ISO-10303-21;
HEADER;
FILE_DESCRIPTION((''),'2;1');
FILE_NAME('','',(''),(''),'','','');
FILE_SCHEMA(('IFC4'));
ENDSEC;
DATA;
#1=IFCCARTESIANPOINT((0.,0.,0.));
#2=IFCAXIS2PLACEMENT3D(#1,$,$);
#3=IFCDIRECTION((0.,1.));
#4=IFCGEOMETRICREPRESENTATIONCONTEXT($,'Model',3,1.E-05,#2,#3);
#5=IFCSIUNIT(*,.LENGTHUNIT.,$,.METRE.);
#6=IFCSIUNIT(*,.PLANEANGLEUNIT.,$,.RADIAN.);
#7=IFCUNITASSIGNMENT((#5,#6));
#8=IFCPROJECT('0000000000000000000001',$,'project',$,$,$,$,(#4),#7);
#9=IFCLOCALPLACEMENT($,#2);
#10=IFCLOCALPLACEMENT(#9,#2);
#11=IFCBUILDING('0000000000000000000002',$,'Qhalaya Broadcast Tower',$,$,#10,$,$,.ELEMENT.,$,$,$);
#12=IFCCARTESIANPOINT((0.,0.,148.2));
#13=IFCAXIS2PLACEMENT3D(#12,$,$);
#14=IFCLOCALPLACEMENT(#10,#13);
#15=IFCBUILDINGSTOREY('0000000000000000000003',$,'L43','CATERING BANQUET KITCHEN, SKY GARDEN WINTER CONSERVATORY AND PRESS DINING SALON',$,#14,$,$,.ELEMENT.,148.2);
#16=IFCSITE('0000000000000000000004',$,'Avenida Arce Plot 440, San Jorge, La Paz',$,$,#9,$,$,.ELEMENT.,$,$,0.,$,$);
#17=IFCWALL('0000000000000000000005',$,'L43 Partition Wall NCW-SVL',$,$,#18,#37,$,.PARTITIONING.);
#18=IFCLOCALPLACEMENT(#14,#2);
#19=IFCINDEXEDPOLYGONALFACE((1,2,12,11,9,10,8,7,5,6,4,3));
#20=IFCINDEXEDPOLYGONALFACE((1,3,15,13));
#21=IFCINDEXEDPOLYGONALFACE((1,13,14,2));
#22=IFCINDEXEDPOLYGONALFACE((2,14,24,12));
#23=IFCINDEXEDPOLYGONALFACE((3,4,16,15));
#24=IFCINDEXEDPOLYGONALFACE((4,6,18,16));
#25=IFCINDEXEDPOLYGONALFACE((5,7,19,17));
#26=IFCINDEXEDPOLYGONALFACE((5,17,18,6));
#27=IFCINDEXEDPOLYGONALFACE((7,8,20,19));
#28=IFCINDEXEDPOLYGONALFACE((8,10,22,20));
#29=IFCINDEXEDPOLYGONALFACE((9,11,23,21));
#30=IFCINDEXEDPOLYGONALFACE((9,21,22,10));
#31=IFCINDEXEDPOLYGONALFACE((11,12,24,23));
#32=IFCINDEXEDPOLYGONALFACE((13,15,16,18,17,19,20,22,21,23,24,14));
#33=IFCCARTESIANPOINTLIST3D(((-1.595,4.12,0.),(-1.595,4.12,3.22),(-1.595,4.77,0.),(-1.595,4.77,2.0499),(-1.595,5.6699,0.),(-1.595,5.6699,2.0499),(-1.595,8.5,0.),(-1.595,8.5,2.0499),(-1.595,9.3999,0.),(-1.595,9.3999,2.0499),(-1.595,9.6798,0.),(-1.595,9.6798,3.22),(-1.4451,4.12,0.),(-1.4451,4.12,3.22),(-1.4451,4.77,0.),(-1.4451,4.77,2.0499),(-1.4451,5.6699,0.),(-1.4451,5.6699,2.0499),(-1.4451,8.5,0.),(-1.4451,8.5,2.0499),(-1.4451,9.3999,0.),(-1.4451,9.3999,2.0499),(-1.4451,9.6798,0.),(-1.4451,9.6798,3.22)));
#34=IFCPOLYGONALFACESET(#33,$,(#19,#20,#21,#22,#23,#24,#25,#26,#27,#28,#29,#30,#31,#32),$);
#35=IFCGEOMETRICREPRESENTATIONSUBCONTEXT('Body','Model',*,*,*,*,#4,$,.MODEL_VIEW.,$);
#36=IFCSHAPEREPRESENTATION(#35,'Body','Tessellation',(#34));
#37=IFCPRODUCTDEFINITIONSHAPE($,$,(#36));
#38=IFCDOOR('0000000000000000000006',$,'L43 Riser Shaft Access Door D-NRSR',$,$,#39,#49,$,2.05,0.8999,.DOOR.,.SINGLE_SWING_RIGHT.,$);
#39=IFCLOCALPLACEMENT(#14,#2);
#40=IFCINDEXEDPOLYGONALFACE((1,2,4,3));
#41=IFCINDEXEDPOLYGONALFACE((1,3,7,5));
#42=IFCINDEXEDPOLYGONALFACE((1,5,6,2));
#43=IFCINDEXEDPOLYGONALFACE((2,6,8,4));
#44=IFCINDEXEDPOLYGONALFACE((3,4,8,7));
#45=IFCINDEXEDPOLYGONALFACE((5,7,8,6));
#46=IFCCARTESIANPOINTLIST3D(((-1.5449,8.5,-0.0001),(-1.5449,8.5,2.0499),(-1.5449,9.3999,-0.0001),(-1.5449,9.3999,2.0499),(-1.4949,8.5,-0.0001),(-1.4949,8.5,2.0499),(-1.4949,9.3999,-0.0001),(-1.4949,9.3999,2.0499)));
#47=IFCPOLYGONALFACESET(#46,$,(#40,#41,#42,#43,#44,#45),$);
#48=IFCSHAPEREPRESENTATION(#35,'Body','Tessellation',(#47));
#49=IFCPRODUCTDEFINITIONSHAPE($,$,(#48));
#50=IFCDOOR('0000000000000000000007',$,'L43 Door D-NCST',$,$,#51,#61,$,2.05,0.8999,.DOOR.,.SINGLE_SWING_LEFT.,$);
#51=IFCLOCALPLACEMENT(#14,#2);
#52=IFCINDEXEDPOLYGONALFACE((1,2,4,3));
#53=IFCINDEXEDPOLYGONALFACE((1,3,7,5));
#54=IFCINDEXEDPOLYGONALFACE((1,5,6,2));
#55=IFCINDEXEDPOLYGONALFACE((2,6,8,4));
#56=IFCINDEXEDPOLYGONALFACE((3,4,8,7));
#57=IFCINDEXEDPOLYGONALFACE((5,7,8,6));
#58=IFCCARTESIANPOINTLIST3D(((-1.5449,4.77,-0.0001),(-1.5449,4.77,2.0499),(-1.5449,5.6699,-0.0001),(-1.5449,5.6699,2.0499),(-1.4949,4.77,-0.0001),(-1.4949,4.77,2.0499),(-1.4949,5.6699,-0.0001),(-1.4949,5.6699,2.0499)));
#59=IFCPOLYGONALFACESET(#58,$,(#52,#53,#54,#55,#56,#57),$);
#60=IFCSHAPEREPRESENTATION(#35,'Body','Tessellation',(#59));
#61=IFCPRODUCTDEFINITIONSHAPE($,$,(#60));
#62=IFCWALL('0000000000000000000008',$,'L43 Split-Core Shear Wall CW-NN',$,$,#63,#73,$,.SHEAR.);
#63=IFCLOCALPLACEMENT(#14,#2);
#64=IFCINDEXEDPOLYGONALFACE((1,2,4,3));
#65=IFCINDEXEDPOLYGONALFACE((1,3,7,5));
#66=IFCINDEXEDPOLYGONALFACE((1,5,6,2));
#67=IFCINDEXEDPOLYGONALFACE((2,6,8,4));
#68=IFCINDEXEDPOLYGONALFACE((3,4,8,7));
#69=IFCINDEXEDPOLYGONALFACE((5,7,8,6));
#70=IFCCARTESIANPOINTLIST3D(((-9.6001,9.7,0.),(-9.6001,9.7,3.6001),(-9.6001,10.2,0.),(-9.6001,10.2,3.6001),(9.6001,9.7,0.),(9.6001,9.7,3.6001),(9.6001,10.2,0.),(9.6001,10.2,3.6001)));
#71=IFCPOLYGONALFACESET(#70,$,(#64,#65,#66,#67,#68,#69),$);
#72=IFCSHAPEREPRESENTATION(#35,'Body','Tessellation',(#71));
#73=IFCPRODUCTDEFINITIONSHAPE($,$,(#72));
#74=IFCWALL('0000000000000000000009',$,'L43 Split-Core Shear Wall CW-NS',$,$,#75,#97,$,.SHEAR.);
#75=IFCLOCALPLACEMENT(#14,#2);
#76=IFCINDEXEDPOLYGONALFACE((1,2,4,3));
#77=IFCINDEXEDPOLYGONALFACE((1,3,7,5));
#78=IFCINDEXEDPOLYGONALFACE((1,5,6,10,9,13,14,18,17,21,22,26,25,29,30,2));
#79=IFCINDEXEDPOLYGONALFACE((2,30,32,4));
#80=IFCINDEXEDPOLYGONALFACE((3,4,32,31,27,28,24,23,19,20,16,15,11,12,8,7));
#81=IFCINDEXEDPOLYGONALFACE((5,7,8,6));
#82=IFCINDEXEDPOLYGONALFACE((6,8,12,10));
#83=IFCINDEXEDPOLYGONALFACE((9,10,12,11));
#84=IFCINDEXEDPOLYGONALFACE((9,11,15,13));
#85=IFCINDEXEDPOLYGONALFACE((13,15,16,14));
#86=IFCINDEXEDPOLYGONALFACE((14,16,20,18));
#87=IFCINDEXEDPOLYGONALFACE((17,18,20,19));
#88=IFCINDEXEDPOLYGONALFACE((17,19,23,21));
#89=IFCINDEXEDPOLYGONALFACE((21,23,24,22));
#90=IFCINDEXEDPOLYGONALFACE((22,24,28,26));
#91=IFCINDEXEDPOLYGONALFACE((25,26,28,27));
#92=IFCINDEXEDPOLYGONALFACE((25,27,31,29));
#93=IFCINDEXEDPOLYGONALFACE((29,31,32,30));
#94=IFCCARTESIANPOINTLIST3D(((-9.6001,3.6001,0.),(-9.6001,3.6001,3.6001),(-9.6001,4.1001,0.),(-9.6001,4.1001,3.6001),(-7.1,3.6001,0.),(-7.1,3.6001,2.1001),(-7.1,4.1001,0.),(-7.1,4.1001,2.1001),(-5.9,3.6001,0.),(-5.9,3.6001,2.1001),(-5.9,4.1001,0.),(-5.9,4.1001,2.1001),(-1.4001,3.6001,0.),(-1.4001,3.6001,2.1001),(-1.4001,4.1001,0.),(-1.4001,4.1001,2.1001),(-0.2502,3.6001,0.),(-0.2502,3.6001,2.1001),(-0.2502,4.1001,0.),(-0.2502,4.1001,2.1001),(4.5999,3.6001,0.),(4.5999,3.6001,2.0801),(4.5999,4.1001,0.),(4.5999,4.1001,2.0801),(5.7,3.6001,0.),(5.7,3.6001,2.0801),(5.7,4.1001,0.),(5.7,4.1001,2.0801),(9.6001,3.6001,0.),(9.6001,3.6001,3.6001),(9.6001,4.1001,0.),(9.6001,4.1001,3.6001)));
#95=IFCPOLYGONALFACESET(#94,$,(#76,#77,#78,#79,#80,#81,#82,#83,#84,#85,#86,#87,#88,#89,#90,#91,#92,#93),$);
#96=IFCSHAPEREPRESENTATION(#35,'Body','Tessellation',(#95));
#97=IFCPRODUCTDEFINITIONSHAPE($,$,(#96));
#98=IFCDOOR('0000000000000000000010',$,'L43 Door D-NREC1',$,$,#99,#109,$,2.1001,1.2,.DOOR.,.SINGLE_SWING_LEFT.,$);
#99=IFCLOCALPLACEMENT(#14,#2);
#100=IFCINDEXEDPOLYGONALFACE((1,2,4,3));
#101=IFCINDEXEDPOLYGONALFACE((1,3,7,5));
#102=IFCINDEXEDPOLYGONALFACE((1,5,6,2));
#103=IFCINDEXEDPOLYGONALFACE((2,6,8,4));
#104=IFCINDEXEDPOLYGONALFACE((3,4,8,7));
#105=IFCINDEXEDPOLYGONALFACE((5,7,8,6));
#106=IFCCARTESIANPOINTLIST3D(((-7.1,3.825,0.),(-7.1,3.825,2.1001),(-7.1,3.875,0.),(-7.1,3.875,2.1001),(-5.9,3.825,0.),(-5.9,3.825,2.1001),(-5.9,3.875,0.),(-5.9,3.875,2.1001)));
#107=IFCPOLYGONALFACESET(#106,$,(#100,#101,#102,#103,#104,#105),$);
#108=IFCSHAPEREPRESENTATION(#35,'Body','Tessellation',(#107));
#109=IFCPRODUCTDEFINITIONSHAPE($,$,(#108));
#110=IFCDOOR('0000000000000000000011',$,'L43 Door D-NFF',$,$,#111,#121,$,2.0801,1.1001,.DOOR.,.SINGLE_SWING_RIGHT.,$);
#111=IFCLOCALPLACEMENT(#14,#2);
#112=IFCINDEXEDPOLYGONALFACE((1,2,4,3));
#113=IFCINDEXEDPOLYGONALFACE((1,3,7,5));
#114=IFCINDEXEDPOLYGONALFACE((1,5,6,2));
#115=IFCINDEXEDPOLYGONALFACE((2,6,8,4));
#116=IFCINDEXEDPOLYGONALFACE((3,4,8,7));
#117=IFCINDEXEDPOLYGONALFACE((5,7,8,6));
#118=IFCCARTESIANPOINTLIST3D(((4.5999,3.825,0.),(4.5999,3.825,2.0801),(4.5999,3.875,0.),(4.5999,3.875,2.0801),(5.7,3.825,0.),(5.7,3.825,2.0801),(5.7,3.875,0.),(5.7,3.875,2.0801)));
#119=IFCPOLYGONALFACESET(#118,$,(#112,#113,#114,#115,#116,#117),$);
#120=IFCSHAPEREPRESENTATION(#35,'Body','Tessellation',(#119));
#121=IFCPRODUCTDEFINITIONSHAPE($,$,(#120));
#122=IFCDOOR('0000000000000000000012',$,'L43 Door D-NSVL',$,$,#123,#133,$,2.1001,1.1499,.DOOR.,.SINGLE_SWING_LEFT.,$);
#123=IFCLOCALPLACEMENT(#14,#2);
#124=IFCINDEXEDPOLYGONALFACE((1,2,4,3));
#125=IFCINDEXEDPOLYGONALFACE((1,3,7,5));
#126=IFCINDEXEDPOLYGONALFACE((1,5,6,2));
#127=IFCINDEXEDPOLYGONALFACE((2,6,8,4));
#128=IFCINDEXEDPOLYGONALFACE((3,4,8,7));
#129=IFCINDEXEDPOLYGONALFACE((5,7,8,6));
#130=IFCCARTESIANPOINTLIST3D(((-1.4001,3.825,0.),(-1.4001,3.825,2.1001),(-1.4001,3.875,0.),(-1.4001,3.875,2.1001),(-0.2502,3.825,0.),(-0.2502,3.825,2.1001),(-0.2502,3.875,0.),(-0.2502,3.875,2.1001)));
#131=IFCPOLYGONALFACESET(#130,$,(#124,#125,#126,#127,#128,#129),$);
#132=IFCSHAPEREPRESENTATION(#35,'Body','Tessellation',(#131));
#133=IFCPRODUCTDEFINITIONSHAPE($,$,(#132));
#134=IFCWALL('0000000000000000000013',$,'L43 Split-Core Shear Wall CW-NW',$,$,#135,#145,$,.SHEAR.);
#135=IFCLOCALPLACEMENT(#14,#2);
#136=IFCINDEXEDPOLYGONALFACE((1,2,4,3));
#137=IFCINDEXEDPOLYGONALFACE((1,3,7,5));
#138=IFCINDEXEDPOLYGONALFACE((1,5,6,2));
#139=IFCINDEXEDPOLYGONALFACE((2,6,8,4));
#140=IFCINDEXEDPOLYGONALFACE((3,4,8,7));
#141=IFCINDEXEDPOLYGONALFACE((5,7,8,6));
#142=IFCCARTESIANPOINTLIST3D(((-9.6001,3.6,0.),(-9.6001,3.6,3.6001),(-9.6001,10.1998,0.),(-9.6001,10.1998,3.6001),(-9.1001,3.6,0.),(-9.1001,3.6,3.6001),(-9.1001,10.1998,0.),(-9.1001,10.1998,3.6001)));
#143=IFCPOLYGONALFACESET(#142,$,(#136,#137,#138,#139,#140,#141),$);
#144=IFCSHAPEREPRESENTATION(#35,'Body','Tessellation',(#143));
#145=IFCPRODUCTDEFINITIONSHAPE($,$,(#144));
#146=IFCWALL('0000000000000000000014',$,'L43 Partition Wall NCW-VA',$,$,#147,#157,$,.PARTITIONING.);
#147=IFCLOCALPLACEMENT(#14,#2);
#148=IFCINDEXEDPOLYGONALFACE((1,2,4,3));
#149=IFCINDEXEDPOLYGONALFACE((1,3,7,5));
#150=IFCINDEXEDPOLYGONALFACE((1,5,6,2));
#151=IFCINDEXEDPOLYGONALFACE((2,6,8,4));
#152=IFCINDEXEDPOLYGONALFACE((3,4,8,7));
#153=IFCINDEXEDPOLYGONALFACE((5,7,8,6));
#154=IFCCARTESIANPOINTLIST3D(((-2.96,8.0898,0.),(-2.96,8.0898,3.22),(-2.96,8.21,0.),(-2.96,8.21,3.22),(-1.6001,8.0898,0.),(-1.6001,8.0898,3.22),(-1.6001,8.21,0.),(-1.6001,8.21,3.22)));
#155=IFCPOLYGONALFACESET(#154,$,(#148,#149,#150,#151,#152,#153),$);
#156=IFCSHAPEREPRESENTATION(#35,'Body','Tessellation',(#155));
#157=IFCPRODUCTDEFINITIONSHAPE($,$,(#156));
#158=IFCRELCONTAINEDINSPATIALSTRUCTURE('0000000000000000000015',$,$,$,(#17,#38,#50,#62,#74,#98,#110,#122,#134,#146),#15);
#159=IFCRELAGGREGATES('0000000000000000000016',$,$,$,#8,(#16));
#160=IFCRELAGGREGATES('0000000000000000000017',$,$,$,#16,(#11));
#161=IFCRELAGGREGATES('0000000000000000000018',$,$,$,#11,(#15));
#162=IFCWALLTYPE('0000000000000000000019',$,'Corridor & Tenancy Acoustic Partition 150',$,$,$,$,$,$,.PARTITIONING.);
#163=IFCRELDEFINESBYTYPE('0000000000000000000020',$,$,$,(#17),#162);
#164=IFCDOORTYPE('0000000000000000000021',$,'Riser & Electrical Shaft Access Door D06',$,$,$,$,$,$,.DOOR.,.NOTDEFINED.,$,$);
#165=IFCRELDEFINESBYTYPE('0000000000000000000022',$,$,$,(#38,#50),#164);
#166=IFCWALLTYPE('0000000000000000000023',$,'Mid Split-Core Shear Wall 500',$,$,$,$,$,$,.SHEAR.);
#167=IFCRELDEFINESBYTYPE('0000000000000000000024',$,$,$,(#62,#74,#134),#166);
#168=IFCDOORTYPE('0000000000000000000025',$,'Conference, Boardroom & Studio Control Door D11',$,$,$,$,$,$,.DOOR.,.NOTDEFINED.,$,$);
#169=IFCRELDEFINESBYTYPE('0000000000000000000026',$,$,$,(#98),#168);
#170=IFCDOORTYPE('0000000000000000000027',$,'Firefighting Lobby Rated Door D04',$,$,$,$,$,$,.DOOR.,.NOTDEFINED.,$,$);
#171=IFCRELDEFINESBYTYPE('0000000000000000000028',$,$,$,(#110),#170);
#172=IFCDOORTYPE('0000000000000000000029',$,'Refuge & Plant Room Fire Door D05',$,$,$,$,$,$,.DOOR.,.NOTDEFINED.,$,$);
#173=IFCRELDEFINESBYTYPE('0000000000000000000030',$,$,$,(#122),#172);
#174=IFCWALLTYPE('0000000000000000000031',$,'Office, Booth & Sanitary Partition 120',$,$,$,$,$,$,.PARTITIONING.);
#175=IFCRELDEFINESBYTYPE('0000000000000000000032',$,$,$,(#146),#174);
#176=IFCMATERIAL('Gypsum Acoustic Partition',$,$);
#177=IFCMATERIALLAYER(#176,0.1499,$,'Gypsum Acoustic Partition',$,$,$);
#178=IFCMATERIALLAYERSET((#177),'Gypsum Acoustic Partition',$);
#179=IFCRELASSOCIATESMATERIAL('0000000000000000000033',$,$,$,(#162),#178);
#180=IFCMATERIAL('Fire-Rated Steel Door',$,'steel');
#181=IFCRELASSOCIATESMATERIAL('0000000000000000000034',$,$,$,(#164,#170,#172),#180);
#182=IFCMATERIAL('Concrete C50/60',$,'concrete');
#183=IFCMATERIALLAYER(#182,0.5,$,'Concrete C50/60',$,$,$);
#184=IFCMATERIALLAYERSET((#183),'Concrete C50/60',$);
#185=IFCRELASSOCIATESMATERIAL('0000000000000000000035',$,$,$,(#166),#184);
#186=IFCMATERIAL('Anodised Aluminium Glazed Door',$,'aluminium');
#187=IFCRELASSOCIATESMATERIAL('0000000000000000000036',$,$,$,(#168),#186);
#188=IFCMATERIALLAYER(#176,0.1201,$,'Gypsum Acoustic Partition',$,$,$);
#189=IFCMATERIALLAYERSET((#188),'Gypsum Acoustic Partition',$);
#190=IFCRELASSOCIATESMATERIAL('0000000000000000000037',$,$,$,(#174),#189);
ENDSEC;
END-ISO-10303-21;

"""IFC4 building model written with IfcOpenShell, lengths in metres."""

from ifc_helpers import new_model, si_unit, direction, frame, frame_2d, origin, place, context, subcontext, project, spatial, rectangle, extrude, material, layer, layer_set, type_object, element, fill, save


model = new_model("IFC4")

# Units and contexts
model_context = context("Model", 3, precision=1e-05, world=origin(), true_north=direction((0.0, 1.0)))
body_context = subcontext(model_context, "Body", "Model", "MODEL_VIEW")
ifc_project = project(units=[si_unit("LENGTHUNIT", "METRE"), si_unit("PLANEANGLEUNIT", "RADIAN")], contexts=[model_context])

# Site, building, storey
site_placement = place(None, origin())
site = spatial("IfcSite", under=ifc_project, at=site_placement, Name="Avenida Arce Plot 440, San Jorge, La Paz", CompositionType="ELEMENT", RefElevation=0.0)
building_placement = place(site_placement, origin())
building = spatial("IfcBuilding", under=site, at=building_placement, Name="Qhalaya Broadcast Tower", CompositionType="ELEMENT")
storey_placement = place(building_placement, frame((0.0, 0.0, 148.2)))
storey = spatial("IfcBuildingStorey", under=building, at=storey_placement, Name="L43", Description="CATERING BANQUET KITCHEN, SKY GARDEN WINTER CONSERVATORY AND PRESS DINING SALON", CompositionType="ELEMENT", Elevation=148.2)

# Shared definitions
ifc_material_1 = material(Name="Concrete C50/60", Category="concrete")

# Wall, openings, doors
ifc_material_2 = material(Name="Gypsum Acoustic Partition")
ifc_layer_1 = layer(ifc_material_2, 0.1499, Name="Gypsum Acoustic Partition")
ifc_layer_set_1 = layer_set([ifc_layer_1], Name="Gypsum Acoustic Partition")
wall_type_1 = type_object("IfcWallType", Name="Corridor & Tenancy Acoustic Partition 150", PredefinedType="PARTITIONING", material=ifc_layer_set_1)
wall_1_placement = place(storey_placement, frame((-1.52, 4.1201, 0.0), z_axis=(0.0, 0.0, 1.0), x_axis=(0.0, 1.0, 0.0)))
wall_1 = element("IfcWall", 1, at=wall_1_placement, inside=storey, type_object=wall_type_1, Name="L43 Partition Wall NCW-SVL", PredefinedType="PARTITIONING", context=body_context, shape_type="SweptSolid", body=[
    extrude(rectangle(XDim=5.5598, YDim=0.1499, at=frame_2d((2.7798, 0.0))), origin(), (0.0, 0.0, 1.0), 3.22),
])
opening_1_placement = place(wall_1_placement, frame((4.3799, 0.0, 0.0)))
opening_1 = element("IfcOpeningElement", 2, at=opening_1_placement, cuts=wall_1, PredefinedType="OPENING", context=body_context, shape_type="SweptSolid", body=[
    extrude(rectangle(XDim=0.8999, YDim=2.05, at=frame_2d((0.45, 1.0249))), frame((0.0, 0.0869, 0.0), z_axis=(0.0, -1.0, 0.0), x_axis=(1.0, 0.0, 0.0)), (0.0, 0.0, 1.0), 0.1738),
])
opening_2_placement = place(wall_1_placement, frame((0.6499, 0.0, 0.0)))
opening_2 = element("IfcOpeningElement", 3, at=opening_2_placement, cuts=wall_1, PredefinedType="OPENING", context=body_context, shape_type="SweptSolid", body=[
    extrude(rectangle(XDim=0.8999, YDim=2.05, at=frame_2d((0.45, 1.0249))), frame((0.0, 0.0869, 0.0), z_axis=(0.0, -1.0, 0.0), x_axis=(1.0, 0.0, 0.0)), (0.0, 0.0, 1.0), 0.1738),
])
ifc_material_3 = material(Name="Fire-Rated Steel Door", Category="steel")
door_type_1 = type_object("IfcDoorType", Name="Riser & Electrical Shaft Access Door D06", OperationType="NOTDEFINED", PredefinedType="DOOR", material=ifc_material_3)
door_1_placement = place(opening_1_placement, origin())
door_1 = element("IfcDoor", 4, at=door_1_placement, inside=storey, type_object=door_type_1, Name="L43 Riser Shaft Access Door D-NRSR", OperationType="SINGLE_SWING_RIGHT", OverallHeight=2.05, OverallWidth=0.8999, PredefinedType="DOOR", context=body_context, shape_type="SweptSolid", body=[
    extrude(rectangle(XDim=0.8999, YDim=2.05, at=frame_2d((0.45, 1.0249))), frame((0.0, 0.0249, 0.0), z_axis=(0.0, -1.0, 0.0), x_axis=(1.0, 0.0, 0.0)), (0.0, 0.0, 1.0), 0.05),
])
fill(opening_1, door_1)
door_2_placement = place(opening_2_placement, origin())
door_2 = element("IfcDoor", 5, at=door_2_placement, inside=storey, type_object=door_type_1, Name="L43 Door D-NCST", OperationType="SINGLE_SWING_LEFT", OverallHeight=2.05, OverallWidth=0.8999, PredefinedType="DOOR", context=body_context, shape_type="SweptSolid", body=[
    extrude(rectangle(XDim=0.8999, YDim=2.05, at=frame_2d((0.45, 1.0249))), frame((0.0, 0.0249, 0.0), z_axis=(0.0, -1.0, 0.0), x_axis=(1.0, 0.0, 0.0)), (0.0, 0.0, 1.0), 0.05),
])
fill(opening_2, door_2)

# Wall
ifc_layer_2 = layer(ifc_material_1, 0.5, Name="Concrete C50/60")
ifc_layer_set_2 = layer_set([ifc_layer_2], Name="Concrete C50/60")
wall_type_2 = type_object("IfcWallType", Name="Mid Split-Core Shear Wall 500", PredefinedType="SHEAR", material=ifc_layer_set_2)
wall_2_placement = place(storey_placement, frame((-9.6001, 9.95, 0.0), z_axis=(0.0, 0.0, 1.0), x_axis=(1.0, 0.0, 0.0)))
element("IfcWall", 6, at=wall_2_placement, inside=storey, type_object=wall_type_2, Name="L43 Split-Core Shear Wall CW-NN", PredefinedType="SHEAR", context=body_context, shape_type="SweptSolid", body=[
    extrude(rectangle(XDim=19.2002, YDim=0.5, at=frame_2d((9.6001, 0.0))), origin(), (0.0, 0.0, 1.0), 3.6001),
])

# Wall, openings, doors
wall_3_placement = place(storey_placement, frame((-9.6001, 3.8501, 0.0), z_axis=(0.0, 0.0, 1.0), x_axis=(1.0, 0.0, 0.0)))
wall_3 = element("IfcWall", 7, at=wall_3_placement, inside=storey, type_object=wall_type_2, Name="L43 Split-Core Shear Wall CW-NS", PredefinedType="SHEAR", context=body_context, shape_type="SweptSolid", body=[
    extrude(rectangle(XDim=19.2002, YDim=0.5, at=frame_2d((9.6001, 0.0))), origin(), (0.0, 0.0, 1.0), 3.6001),
])
opening_3_placement = place(wall_3_placement, frame((14.2, 0.0, 0.0)))
opening_3 = element("IfcOpeningElement", 8, at=opening_3_placement, cuts=wall_3, PredefinedType="OPENING", context=body_context, shape_type="SweptSolid", body=[
    extrude(rectangle(XDim=1.1001, YDim=2.0801, at=frame_2d((0.55, 1.04))), frame((0.0, 0.262, 0.0), z_axis=(0.0, -1.0, 0.0), x_axis=(1.0, 0.0, 0.0)), (0.0, 0.0, 1.0), 0.5239),
])
opening_4_placement = place(wall_3_placement, frame((8.2, 0.0, 0.0)))
opening_4 = element("IfcOpeningElement", 9, at=opening_4_placement, cuts=wall_3, PredefinedType="OPENING", context=body_context, shape_type="SweptSolid", body=[
    extrude(rectangle(XDim=1.1499, YDim=2.1001, at=frame_2d((0.575, 1.05))), frame((0.0, 0.262, 0.0), z_axis=(0.0, -1.0, 0.0), x_axis=(1.0, 0.0, 0.0)), (0.0, 0.0, 1.0), 0.5239),
])
opening_5_placement = place(wall_3_placement, frame((2.5, 0.0, 0.0)))
opening_5 = element("IfcOpeningElement", 10, at=opening_5_placement, cuts=wall_3, PredefinedType="OPENING", context=body_context, shape_type="SweptSolid", body=[
    extrude(rectangle(XDim=1.2, YDim=2.1001, at=frame_2d((0.6001, 1.05))), frame((0.0, 0.262, 0.0), z_axis=(0.0, -1.0, 0.0), x_axis=(1.0, 0.0, 0.0)), (0.0, 0.0, 1.0), 0.5239),
])
ifc_material_4 = material(Name="Anodised Aluminium Glazed Door", Category="aluminium")
door_type_2 = type_object("IfcDoorType", Name="Conference, Boardroom & Studio Control Door D11", OperationType="NOTDEFINED", PredefinedType="DOOR", material=ifc_material_4)
door_3_placement = place(opening_5_placement, origin())
door_3 = element("IfcDoor", 11, at=door_3_placement, inside=storey, type_object=door_type_2, Name="L43 Door D-NREC1", OperationType="SINGLE_SWING_LEFT", OverallHeight=2.1001, OverallWidth=1.2, PredefinedType="DOOR", context=body_context, shape_type="SweptSolid", body=[
    extrude(rectangle(XDim=1.2, YDim=2.1001, at=frame_2d((0.6001, 1.05))), frame((0.0, 0.0249, 0.0), z_axis=(0.0, -1.0, 0.0), x_axis=(1.0, 0.0, 0.0)), (0.0, 0.0, 1.0), 0.05),
])
fill(opening_5, door_3)
door_type_3 = type_object("IfcDoorType", Name="Firefighting Lobby Rated Door D04", OperationType="NOTDEFINED", PredefinedType="DOOR", material=ifc_material_3)
door_4_placement = place(opening_3_placement, origin())
door_4 = element("IfcDoor", 12, at=door_4_placement, inside=storey, type_object=door_type_3, Name="L43 Door D-NFF", OperationType="SINGLE_SWING_RIGHT", OverallHeight=2.0801, OverallWidth=1.1001, PredefinedType="DOOR", context=body_context, shape_type="SweptSolid", body=[
    extrude(rectangle(XDim=1.1001, YDim=2.0801, at=frame_2d((0.55, 1.04))), frame((0.0, 0.0249, 0.0), z_axis=(0.0, -1.0, 0.0), x_axis=(1.0, 0.0, 0.0)), (0.0, 0.0, 1.0), 0.05),
])
fill(opening_3, door_4)
door_type_4 = type_object("IfcDoorType", Name="Refuge & Plant Room Fire Door D05", OperationType="NOTDEFINED", PredefinedType="DOOR", material=ifc_material_3)
door_5_placement = place(opening_4_placement, origin())
door_5 = element("IfcDoor", 13, at=door_5_placement, inside=storey, type_object=door_type_4, Name="L43 Door D-NSVL", OperationType="SINGLE_SWING_LEFT", OverallHeight=2.1001, OverallWidth=1.1499, PredefinedType="DOOR", context=body_context, shape_type="SweptSolid", body=[
    extrude(rectangle(XDim=1.1499, YDim=2.1001, at=frame_2d((0.575, 1.05))), frame((0.0, 0.0249, 0.0), z_axis=(0.0, -1.0, 0.0), x_axis=(1.0, 0.0, 0.0)), (0.0, 0.0, 1.0), 0.05),
])
fill(opening_4, door_5)

# Walls
wall_4_placement = place(storey_placement, frame((-9.3501, 3.6001, 0.0), z_axis=(0.0, 0.0, 1.0), x_axis=(0.0, 1.0, 0.0)))
element("IfcWall", 14, at=wall_4_placement, inside=storey, type_object=wall_type_2, Name="L43 Split-Core Shear Wall CW-NW", PredefinedType="SHEAR", context=body_context, shape_type="SweptSolid", body=[
    extrude(rectangle(XDim=6.5999, YDim=0.5, at=frame_2d((3.2998, 0.0))), origin(), (0.0, 0.0, 1.0), 3.6001),
])
ifc_layer_3 = layer(ifc_material_2, 0.1201, Name="Gypsum Acoustic Partition")
ifc_layer_set_3 = layer_set([ifc_layer_3], Name="Gypsum Acoustic Partition")
wall_type_3 = type_object("IfcWallType", Name="Office, Booth & Sanitary Partition 120", PredefinedType="PARTITIONING", material=ifc_layer_set_3)
wall_5_placement = place(storey_placement, frame((-2.96, 8.1499, 0.0), z_axis=(0.0, 0.0, 1.0), x_axis=(1.0, 0.0, 0.0)))
element("IfcWall", 15, at=wall_5_placement, inside=storey, type_object=wall_type_3, Name="L43 Partition Wall NCW-VA", PredefinedType="PARTITIONING", context=body_context, shape_type="SweptSolid", body=[
    extrude(rectangle(XDim=1.3599, YDim=0.1201, at=frame_2d((0.6799, 0.0))), origin(), (0.0, 0.0, 1.0), 3.22),
])

save(model, "model.ifc")
